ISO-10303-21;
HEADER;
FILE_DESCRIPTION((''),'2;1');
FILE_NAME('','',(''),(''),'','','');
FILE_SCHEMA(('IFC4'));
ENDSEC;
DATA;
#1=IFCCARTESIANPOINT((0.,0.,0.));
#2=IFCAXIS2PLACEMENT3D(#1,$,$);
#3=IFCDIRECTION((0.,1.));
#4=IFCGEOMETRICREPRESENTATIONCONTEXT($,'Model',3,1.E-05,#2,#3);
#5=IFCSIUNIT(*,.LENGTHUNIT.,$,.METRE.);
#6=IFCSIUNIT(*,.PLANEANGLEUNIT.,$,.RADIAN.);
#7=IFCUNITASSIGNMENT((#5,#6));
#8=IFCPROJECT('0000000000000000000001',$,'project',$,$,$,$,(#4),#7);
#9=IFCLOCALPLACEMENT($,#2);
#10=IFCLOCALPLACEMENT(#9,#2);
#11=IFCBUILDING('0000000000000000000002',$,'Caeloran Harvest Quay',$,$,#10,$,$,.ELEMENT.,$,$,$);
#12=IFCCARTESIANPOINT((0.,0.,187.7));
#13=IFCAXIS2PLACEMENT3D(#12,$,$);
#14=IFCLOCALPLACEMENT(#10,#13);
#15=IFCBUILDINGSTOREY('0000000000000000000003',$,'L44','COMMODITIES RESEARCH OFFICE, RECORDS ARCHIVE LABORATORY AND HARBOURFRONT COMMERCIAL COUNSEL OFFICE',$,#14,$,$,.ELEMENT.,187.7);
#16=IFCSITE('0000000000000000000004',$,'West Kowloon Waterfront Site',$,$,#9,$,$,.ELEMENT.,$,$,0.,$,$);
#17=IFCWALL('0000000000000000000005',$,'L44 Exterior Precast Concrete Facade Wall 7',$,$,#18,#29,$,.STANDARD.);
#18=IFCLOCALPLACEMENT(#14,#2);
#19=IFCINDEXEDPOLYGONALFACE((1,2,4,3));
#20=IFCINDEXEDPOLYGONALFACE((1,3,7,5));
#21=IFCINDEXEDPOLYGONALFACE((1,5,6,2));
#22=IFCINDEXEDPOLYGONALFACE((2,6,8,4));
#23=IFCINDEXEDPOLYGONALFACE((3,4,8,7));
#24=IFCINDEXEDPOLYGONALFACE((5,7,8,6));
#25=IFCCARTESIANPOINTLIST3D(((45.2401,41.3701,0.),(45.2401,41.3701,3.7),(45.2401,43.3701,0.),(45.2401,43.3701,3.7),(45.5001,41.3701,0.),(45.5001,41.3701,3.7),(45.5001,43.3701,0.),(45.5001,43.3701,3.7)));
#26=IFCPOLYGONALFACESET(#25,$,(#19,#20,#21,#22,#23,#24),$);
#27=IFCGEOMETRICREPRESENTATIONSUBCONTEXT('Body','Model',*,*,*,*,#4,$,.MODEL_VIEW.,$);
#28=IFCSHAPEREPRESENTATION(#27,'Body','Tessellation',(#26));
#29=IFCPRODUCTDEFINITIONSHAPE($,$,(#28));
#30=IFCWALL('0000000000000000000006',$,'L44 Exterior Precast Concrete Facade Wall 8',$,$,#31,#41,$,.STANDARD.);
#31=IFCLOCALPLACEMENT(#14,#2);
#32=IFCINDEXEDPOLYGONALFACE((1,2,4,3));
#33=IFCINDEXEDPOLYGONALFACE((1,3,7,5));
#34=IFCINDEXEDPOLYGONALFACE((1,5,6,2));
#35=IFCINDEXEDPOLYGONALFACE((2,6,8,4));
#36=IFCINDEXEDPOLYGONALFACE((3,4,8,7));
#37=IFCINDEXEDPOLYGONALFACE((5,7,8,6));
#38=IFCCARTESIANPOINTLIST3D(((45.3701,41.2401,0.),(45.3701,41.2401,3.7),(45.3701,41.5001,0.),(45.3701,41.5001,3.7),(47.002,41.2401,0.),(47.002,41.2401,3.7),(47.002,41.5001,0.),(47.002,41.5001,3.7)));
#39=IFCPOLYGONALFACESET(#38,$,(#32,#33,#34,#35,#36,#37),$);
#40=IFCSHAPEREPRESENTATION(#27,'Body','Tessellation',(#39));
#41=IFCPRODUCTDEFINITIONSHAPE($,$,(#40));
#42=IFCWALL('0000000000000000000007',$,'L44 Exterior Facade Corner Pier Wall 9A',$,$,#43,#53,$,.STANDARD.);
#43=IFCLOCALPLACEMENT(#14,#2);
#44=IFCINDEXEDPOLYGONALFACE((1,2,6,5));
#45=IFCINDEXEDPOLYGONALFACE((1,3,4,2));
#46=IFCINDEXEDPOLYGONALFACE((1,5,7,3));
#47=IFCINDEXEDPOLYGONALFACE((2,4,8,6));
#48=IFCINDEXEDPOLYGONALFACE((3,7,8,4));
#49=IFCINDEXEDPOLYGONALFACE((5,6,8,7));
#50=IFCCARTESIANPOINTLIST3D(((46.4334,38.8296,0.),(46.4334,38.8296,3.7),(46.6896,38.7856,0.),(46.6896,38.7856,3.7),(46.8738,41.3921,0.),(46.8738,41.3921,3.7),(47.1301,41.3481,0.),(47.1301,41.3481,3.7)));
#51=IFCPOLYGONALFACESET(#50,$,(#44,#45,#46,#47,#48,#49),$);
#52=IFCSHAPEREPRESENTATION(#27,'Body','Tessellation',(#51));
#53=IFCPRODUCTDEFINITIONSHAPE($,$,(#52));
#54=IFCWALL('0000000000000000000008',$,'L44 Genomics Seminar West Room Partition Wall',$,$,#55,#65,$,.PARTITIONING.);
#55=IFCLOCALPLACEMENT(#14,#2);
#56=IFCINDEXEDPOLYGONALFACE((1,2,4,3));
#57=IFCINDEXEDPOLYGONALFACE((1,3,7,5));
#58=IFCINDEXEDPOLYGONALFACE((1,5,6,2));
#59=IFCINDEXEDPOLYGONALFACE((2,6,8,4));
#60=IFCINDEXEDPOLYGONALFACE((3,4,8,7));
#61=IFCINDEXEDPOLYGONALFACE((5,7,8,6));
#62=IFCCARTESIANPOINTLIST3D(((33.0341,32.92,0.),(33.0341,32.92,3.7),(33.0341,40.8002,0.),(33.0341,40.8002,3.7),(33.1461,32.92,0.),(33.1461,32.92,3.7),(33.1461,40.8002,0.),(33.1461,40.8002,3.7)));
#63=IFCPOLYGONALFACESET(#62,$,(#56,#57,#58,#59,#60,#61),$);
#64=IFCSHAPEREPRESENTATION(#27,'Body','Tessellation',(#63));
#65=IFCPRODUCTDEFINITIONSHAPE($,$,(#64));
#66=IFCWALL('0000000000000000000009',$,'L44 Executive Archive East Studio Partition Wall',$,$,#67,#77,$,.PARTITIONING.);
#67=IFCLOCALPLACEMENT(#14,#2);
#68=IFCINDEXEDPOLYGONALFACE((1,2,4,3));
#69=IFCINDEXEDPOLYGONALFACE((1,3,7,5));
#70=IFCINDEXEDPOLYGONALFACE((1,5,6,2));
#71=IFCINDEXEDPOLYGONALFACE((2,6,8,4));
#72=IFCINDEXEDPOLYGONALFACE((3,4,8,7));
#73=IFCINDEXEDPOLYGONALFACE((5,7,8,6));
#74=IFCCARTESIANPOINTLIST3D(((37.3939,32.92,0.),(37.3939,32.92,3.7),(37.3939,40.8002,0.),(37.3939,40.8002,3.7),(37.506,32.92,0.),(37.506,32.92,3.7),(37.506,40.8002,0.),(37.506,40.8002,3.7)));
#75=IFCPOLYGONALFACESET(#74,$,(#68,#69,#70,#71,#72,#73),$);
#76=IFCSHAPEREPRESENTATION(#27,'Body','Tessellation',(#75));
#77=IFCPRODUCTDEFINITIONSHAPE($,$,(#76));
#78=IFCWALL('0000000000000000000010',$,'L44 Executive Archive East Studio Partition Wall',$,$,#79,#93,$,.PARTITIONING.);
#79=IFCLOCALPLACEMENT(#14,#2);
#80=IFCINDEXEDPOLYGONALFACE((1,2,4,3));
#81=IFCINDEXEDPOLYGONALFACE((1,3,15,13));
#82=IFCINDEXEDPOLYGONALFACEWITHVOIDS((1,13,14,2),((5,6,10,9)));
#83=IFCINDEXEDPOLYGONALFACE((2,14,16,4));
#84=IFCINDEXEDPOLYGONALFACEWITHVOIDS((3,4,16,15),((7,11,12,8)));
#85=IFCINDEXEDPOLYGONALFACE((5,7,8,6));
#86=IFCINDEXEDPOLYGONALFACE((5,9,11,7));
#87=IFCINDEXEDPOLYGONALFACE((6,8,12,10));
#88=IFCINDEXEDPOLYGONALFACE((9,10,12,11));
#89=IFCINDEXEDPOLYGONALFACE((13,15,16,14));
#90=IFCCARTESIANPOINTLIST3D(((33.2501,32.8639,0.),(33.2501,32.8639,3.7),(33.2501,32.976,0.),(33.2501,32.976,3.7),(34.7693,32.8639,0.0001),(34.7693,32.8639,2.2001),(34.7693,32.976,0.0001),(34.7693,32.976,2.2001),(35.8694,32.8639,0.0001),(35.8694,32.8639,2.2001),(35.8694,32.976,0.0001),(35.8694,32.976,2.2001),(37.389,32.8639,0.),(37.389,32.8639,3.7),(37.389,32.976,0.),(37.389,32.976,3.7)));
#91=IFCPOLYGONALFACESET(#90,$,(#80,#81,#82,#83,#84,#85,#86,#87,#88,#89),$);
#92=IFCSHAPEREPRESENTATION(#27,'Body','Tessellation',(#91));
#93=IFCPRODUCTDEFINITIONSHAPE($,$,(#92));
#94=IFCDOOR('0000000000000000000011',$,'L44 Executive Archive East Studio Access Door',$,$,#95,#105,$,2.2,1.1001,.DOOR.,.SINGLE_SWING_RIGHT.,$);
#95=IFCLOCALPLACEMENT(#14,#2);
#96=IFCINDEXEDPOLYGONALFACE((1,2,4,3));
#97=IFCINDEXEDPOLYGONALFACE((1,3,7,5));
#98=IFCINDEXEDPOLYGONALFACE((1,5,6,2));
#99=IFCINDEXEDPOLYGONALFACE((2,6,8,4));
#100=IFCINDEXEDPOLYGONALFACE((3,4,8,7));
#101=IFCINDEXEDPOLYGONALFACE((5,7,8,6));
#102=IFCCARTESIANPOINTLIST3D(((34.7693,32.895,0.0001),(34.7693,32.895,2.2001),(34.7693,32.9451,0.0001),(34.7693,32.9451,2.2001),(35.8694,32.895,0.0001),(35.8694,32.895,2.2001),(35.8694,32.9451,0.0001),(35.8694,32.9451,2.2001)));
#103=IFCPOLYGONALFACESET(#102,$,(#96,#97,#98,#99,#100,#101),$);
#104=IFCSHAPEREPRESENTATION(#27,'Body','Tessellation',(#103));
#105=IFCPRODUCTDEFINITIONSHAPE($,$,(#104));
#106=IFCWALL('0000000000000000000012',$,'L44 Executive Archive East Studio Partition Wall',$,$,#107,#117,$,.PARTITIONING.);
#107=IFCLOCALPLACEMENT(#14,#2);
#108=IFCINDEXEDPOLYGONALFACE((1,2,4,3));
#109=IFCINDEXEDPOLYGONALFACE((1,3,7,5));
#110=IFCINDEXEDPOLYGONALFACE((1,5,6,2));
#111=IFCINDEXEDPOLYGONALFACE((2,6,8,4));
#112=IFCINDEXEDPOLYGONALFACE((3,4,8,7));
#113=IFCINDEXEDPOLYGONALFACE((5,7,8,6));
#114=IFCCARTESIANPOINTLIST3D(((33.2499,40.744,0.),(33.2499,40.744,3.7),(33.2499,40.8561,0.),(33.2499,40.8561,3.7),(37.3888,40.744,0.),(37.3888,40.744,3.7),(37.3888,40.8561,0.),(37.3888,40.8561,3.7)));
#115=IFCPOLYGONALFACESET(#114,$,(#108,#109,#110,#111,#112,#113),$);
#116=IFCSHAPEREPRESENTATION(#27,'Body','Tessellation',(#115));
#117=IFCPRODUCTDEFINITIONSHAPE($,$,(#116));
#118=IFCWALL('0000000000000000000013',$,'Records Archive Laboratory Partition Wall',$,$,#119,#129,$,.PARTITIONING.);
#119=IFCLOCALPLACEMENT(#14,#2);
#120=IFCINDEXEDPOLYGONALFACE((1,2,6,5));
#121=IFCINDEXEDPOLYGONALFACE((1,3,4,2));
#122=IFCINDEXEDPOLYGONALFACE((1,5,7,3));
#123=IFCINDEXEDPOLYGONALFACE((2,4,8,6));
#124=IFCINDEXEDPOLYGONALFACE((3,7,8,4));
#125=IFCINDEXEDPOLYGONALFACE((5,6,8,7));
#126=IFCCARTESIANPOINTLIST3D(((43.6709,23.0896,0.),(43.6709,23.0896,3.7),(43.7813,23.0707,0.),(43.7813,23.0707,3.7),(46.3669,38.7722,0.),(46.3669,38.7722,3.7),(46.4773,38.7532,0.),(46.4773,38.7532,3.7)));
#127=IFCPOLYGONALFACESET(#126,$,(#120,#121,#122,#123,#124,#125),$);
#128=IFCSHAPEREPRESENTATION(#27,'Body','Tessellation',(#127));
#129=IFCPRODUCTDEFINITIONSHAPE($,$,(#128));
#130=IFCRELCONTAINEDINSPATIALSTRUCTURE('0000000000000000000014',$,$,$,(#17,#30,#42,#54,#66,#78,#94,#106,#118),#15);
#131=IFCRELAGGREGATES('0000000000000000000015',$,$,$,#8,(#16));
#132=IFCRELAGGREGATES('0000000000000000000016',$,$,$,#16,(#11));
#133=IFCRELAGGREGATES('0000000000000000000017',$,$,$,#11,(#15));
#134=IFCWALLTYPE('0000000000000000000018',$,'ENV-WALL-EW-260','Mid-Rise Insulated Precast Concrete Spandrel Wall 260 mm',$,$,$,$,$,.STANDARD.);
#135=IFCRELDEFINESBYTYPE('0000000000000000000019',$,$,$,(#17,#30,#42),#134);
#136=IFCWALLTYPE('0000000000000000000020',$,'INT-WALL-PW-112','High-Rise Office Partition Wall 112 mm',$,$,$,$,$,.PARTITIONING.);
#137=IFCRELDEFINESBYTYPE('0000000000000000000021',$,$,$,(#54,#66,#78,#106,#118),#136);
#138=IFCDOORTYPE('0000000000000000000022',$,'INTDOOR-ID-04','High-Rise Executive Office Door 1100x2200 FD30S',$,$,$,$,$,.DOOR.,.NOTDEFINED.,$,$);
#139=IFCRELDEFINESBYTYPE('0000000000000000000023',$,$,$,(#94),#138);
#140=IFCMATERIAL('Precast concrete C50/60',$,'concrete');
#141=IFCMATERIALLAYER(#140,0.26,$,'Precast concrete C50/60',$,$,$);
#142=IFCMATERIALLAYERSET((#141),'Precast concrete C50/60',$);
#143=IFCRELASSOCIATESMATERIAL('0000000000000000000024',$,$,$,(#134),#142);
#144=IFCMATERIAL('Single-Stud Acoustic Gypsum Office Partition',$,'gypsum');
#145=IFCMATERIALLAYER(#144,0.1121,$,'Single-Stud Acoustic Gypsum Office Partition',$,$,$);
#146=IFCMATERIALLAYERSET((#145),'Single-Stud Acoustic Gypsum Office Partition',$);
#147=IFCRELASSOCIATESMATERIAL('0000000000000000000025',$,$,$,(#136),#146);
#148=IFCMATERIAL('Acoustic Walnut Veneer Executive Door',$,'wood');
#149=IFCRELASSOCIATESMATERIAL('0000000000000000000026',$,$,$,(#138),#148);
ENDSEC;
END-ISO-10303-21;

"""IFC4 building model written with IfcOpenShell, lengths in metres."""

from ifc_helpers import new_model, si_unit, direction, frame, frame_2d, origin, place, context, subcontext, project, spatial, rectangle, extrude, material, layer, layer_set, type_object, element, fill, save


model = new_model("IFC4")

# Units and contexts
model_context = context("Model", 3, precision=1e-05, world=origin(), true_north=direction((0.0, 1.0)))
body_context = subcontext(model_context, "Body", "Model", "MODEL_VIEW")
ifc_project = project(units=[si_unit("LENGTHUNIT", "METRE"), si_unit("PLANEANGLEUNIT", "RADIAN")], contexts=[model_context])

# Site, building, storey
site_placement = place(None, origin())
site = spatial("IfcSite", under=ifc_project, at=site_placement, Name="West Kowloon Waterfront Site", CompositionType="ELEMENT", RefElevation=0.0)
building_placement = place(site_placement, origin())
building = spatial("IfcBuilding", under=site, at=building_placement, Name="Caeloran Harvest Quay", CompositionType="ELEMENT")
storey_placement = place(building_placement, frame((0.0, 0.0, 187.7)))
storey = spatial("IfcBuildingStorey", under=building, at=storey_placement, Name="L44", Description="COMMODITIES RESEARCH OFFICE, RECORDS ARCHIVE LABORATORY AND HARBOURFRONT COMMERCIAL COUNSEL OFFICE", CompositionType="ELEMENT", Elevation=187.7)

# Walls
ifc_material_1 = material(Name="Precast concrete C50/60", Category="concrete")
ifc_layer_1 = layer(ifc_material_1, 0.26, Name="Precast concrete C50/60")
ifc_layer_set_1 = layer_set([ifc_layer_1], Name="Precast concrete C50/60")
wall_type_1 = type_object("IfcWallType", Name="ENV-WALL-EW-260", Description="Mid-Rise Insulated Precast Concrete Spandrel Wall 260 mm", PredefinedType="STANDARD", material=ifc_layer_set_1)
wall_1_placement = place(storey_placement, frame((45.3701, 43.3701, 0.0), z_axis=(0.0, 0.0, 1.0), x_axis=(0.0, -1.0, 0.0)))
element("IfcWall", 1, at=wall_1_placement, inside=storey, type_object=wall_type_1, Name="L44 Exterior Precast Concrete Facade Wall 7", PredefinedType="STANDARD", context=body_context, shape_type="SweptSolid", body=[
    extrude(rectangle(XDim=2.0, YDim=0.26, at=frame_2d((1.0, 0.0))), origin(), (0.0, 0.0, 1.0), 3.7),
])
wall_2_placement = place(storey_placement, frame((45.3701, 41.3701, 0.0), z_axis=(0.0, 0.0, 1.0), x_axis=(1.0, 0.0, 0.0)))
element("IfcWall", 2, at=wall_2_placement, inside=storey, type_object=wall_type_1, Name="L44 Exterior Precast Concrete Facade Wall 8", PredefinedType="STANDARD", context=body_context, shape_type="SweptSolid", body=[
    extrude(rectangle(XDim=1.6318, YDim=0.26, at=frame_2d((0.8159, 0.0))), origin(), (0.0, 0.0, 1.0), 3.7),
])
wall_3_placement = place(storey_placement, frame((47.002, 41.3701, 0.0), z_axis=(0.0, 0.0, 1.0), x_axis=(-0.169391, -0.985549, 0.0)))
element("IfcWall", 3, at=wall_3_placement, inside=storey, type_object=wall_type_1, Name="L44 Exterior Facade Corner Pier Wall 9A", PredefinedType="STANDARD", context=body_context, shape_type="SweptSolid", body=[
    extrude(rectangle(XDim=2.6001, YDim=0.26, at=frame_2d((1.3, 0.0))), origin(), (0.0, 0.0, 1.0), 3.7),
])
ifc_material_2 = material(Name="Single-Stud Acoustic Gypsum Office Partition", Category="gypsum")
ifc_layer_2 = layer(ifc_material_2, 0.1121, Name="Single-Stud Acoustic Gypsum Office Partition")
ifc_layer_set_2 = layer_set([ifc_layer_2], Name="Single-Stud Acoustic Gypsum Office Partition")
wall_type_2 = type_object("IfcWallType", Name="INT-WALL-PW-112", Description="High-Rise Office Partition Wall 112 mm", PredefinedType="PARTITIONING", material=ifc_layer_set_2)
for number, where, z_axis, x_axis, name in (
    (4, (33.0901, 40.8, 0.0), (0.0, 0.0, 1.0), (0.0, -1.0, 0.0), "L44 Genomics Seminar West Room Partition Wall"),
    (5, (37.45, 40.8, 0.0), (0.0, 0.0, 1.0), (0.0, -1.0, 0.0), "L44 Executive Archive East Studio Partition Wall"),
):
    element("IfcWall", number, at=place(storey_placement, frame(where, z_axis=z_axis, x_axis=x_axis)), inside=storey, type_object=wall_type_2, Name=name, PredefinedType="PARTITIONING", context=body_context, shape_type="SweptSolid", body=[
        extrude(rectangle(XDim=7.8801, YDim=0.1121, at=frame_2d((3.9399, 0.0))), origin(), (0.0, 0.0, 1.0), 3.7),
    ])

# Wall, opening, door
wall_4_placement = place(storey_placement, frame((37.3889, 32.9199, 0.0), z_axis=(0.0, 0.0, 1.0), x_axis=(-1.0, 0.0, 0.0)))
wall_4 = element("IfcWall", 6, at=wall_4_placement, inside=storey, type_object=wall_type_2, Name="L44 Executive Archive East Studio Partition Wall", PredefinedType="PARTITIONING", context=body_context, shape_type="SweptSolid", body=[
    extrude(rectangle(XDim=4.1389, YDim=0.1121, at=frame_2d((2.0693, 0.0))), origin(), (0.0, 0.0, 1.0), 3.7),
])
opening_placement = place(wall_4_placement, frame((1.5195, 0.0, 0.0)))
opening = element("IfcOpeningElement", 7, at=opening_placement, cuts=wall_4, PredefinedType="OPENING", context=body_context, shape_type="SweptSolid", body=[
    extrude(rectangle(XDim=1.1001, YDim=2.2, at=frame_2d((0.55, 1.1001))), frame((0.0, 0.0659, 0.0), z_axis=(0.0, -1.0, 0.0), x_axis=(1.0, 0.0, 0.0)), (0.0, 0.0, 1.0), 0.1321),
])
ifc_material_3 = material(Name="Acoustic Walnut Veneer Executive Door", Category="wood")
door_type = type_object("IfcDoorType", Name="INTDOOR-ID-04", Description="High-Rise Executive Office Door 1100x2200 FD30S", OperationType="NOTDEFINED", PredefinedType="DOOR", material=ifc_material_3)
door_placement = place(opening_placement, origin())
door = element("IfcDoor", 8, at=door_placement, inside=storey, type_object=door_type, Name="L44 Executive Archive East Studio Access Door", OperationType="SINGLE_SWING_RIGHT", OverallHeight=2.2, OverallWidth=1.1001, PredefinedType="DOOR", context=body_context, shape_type="SweptSolid", body=[
    extrude(rectangle(XDim=1.1001, YDim=2.2, at=frame_2d((0.55, 1.1001))), frame((0.0, 0.0249, 0.0), z_axis=(0.0, -1.0, 0.0), x_axis=(1.0, 0.0, 0.0)), (0.0, 0.0, 1.0), 0.05),
])
fill(opening, door)

# Walls
wall_5_placement = place(storey_placement, frame((33.25, 40.8, 0.0), z_axis=(0.0, 0.0, 1.0), x_axis=(1.0, 0.0, 0.0)))
element("IfcWall", 9, at=wall_5_placement, inside=storey, type_object=wall_type_2, Name="L44 Executive Archive East Studio Partition Wall", PredefinedType="PARTITIONING", context=body_context, shape_type="SweptSolid", body=[
    extrude(rectangle(XDim=4.1389, YDim=0.1121, at=frame_2d((2.0693, 0.0))), origin(), (0.0, 0.0, 1.0), 3.7),
])
wall_6_placement = place(storey_placement, frame((46.4221, 38.7627, 0.0), z_axis=(0.0, 0.0, 1.0), x_axis=(-0.169428, -0.985543, 0.0)))
element("IfcWall", 10, at=wall_6_placement, inside=storey, type_object=wall_type_2, Name="Records Archive Laboratory Partition Wall", PredefinedType="PARTITIONING", context=body_context, shape_type="SweptSolid", body=[
    extrude(rectangle(XDim=15.9126, YDim=0.1121, at=frame_2d((7.9563, 0.0))), origin(), (0.0, 0.0, 1.0), 3.7),
])

save(model, "model.ifc")
